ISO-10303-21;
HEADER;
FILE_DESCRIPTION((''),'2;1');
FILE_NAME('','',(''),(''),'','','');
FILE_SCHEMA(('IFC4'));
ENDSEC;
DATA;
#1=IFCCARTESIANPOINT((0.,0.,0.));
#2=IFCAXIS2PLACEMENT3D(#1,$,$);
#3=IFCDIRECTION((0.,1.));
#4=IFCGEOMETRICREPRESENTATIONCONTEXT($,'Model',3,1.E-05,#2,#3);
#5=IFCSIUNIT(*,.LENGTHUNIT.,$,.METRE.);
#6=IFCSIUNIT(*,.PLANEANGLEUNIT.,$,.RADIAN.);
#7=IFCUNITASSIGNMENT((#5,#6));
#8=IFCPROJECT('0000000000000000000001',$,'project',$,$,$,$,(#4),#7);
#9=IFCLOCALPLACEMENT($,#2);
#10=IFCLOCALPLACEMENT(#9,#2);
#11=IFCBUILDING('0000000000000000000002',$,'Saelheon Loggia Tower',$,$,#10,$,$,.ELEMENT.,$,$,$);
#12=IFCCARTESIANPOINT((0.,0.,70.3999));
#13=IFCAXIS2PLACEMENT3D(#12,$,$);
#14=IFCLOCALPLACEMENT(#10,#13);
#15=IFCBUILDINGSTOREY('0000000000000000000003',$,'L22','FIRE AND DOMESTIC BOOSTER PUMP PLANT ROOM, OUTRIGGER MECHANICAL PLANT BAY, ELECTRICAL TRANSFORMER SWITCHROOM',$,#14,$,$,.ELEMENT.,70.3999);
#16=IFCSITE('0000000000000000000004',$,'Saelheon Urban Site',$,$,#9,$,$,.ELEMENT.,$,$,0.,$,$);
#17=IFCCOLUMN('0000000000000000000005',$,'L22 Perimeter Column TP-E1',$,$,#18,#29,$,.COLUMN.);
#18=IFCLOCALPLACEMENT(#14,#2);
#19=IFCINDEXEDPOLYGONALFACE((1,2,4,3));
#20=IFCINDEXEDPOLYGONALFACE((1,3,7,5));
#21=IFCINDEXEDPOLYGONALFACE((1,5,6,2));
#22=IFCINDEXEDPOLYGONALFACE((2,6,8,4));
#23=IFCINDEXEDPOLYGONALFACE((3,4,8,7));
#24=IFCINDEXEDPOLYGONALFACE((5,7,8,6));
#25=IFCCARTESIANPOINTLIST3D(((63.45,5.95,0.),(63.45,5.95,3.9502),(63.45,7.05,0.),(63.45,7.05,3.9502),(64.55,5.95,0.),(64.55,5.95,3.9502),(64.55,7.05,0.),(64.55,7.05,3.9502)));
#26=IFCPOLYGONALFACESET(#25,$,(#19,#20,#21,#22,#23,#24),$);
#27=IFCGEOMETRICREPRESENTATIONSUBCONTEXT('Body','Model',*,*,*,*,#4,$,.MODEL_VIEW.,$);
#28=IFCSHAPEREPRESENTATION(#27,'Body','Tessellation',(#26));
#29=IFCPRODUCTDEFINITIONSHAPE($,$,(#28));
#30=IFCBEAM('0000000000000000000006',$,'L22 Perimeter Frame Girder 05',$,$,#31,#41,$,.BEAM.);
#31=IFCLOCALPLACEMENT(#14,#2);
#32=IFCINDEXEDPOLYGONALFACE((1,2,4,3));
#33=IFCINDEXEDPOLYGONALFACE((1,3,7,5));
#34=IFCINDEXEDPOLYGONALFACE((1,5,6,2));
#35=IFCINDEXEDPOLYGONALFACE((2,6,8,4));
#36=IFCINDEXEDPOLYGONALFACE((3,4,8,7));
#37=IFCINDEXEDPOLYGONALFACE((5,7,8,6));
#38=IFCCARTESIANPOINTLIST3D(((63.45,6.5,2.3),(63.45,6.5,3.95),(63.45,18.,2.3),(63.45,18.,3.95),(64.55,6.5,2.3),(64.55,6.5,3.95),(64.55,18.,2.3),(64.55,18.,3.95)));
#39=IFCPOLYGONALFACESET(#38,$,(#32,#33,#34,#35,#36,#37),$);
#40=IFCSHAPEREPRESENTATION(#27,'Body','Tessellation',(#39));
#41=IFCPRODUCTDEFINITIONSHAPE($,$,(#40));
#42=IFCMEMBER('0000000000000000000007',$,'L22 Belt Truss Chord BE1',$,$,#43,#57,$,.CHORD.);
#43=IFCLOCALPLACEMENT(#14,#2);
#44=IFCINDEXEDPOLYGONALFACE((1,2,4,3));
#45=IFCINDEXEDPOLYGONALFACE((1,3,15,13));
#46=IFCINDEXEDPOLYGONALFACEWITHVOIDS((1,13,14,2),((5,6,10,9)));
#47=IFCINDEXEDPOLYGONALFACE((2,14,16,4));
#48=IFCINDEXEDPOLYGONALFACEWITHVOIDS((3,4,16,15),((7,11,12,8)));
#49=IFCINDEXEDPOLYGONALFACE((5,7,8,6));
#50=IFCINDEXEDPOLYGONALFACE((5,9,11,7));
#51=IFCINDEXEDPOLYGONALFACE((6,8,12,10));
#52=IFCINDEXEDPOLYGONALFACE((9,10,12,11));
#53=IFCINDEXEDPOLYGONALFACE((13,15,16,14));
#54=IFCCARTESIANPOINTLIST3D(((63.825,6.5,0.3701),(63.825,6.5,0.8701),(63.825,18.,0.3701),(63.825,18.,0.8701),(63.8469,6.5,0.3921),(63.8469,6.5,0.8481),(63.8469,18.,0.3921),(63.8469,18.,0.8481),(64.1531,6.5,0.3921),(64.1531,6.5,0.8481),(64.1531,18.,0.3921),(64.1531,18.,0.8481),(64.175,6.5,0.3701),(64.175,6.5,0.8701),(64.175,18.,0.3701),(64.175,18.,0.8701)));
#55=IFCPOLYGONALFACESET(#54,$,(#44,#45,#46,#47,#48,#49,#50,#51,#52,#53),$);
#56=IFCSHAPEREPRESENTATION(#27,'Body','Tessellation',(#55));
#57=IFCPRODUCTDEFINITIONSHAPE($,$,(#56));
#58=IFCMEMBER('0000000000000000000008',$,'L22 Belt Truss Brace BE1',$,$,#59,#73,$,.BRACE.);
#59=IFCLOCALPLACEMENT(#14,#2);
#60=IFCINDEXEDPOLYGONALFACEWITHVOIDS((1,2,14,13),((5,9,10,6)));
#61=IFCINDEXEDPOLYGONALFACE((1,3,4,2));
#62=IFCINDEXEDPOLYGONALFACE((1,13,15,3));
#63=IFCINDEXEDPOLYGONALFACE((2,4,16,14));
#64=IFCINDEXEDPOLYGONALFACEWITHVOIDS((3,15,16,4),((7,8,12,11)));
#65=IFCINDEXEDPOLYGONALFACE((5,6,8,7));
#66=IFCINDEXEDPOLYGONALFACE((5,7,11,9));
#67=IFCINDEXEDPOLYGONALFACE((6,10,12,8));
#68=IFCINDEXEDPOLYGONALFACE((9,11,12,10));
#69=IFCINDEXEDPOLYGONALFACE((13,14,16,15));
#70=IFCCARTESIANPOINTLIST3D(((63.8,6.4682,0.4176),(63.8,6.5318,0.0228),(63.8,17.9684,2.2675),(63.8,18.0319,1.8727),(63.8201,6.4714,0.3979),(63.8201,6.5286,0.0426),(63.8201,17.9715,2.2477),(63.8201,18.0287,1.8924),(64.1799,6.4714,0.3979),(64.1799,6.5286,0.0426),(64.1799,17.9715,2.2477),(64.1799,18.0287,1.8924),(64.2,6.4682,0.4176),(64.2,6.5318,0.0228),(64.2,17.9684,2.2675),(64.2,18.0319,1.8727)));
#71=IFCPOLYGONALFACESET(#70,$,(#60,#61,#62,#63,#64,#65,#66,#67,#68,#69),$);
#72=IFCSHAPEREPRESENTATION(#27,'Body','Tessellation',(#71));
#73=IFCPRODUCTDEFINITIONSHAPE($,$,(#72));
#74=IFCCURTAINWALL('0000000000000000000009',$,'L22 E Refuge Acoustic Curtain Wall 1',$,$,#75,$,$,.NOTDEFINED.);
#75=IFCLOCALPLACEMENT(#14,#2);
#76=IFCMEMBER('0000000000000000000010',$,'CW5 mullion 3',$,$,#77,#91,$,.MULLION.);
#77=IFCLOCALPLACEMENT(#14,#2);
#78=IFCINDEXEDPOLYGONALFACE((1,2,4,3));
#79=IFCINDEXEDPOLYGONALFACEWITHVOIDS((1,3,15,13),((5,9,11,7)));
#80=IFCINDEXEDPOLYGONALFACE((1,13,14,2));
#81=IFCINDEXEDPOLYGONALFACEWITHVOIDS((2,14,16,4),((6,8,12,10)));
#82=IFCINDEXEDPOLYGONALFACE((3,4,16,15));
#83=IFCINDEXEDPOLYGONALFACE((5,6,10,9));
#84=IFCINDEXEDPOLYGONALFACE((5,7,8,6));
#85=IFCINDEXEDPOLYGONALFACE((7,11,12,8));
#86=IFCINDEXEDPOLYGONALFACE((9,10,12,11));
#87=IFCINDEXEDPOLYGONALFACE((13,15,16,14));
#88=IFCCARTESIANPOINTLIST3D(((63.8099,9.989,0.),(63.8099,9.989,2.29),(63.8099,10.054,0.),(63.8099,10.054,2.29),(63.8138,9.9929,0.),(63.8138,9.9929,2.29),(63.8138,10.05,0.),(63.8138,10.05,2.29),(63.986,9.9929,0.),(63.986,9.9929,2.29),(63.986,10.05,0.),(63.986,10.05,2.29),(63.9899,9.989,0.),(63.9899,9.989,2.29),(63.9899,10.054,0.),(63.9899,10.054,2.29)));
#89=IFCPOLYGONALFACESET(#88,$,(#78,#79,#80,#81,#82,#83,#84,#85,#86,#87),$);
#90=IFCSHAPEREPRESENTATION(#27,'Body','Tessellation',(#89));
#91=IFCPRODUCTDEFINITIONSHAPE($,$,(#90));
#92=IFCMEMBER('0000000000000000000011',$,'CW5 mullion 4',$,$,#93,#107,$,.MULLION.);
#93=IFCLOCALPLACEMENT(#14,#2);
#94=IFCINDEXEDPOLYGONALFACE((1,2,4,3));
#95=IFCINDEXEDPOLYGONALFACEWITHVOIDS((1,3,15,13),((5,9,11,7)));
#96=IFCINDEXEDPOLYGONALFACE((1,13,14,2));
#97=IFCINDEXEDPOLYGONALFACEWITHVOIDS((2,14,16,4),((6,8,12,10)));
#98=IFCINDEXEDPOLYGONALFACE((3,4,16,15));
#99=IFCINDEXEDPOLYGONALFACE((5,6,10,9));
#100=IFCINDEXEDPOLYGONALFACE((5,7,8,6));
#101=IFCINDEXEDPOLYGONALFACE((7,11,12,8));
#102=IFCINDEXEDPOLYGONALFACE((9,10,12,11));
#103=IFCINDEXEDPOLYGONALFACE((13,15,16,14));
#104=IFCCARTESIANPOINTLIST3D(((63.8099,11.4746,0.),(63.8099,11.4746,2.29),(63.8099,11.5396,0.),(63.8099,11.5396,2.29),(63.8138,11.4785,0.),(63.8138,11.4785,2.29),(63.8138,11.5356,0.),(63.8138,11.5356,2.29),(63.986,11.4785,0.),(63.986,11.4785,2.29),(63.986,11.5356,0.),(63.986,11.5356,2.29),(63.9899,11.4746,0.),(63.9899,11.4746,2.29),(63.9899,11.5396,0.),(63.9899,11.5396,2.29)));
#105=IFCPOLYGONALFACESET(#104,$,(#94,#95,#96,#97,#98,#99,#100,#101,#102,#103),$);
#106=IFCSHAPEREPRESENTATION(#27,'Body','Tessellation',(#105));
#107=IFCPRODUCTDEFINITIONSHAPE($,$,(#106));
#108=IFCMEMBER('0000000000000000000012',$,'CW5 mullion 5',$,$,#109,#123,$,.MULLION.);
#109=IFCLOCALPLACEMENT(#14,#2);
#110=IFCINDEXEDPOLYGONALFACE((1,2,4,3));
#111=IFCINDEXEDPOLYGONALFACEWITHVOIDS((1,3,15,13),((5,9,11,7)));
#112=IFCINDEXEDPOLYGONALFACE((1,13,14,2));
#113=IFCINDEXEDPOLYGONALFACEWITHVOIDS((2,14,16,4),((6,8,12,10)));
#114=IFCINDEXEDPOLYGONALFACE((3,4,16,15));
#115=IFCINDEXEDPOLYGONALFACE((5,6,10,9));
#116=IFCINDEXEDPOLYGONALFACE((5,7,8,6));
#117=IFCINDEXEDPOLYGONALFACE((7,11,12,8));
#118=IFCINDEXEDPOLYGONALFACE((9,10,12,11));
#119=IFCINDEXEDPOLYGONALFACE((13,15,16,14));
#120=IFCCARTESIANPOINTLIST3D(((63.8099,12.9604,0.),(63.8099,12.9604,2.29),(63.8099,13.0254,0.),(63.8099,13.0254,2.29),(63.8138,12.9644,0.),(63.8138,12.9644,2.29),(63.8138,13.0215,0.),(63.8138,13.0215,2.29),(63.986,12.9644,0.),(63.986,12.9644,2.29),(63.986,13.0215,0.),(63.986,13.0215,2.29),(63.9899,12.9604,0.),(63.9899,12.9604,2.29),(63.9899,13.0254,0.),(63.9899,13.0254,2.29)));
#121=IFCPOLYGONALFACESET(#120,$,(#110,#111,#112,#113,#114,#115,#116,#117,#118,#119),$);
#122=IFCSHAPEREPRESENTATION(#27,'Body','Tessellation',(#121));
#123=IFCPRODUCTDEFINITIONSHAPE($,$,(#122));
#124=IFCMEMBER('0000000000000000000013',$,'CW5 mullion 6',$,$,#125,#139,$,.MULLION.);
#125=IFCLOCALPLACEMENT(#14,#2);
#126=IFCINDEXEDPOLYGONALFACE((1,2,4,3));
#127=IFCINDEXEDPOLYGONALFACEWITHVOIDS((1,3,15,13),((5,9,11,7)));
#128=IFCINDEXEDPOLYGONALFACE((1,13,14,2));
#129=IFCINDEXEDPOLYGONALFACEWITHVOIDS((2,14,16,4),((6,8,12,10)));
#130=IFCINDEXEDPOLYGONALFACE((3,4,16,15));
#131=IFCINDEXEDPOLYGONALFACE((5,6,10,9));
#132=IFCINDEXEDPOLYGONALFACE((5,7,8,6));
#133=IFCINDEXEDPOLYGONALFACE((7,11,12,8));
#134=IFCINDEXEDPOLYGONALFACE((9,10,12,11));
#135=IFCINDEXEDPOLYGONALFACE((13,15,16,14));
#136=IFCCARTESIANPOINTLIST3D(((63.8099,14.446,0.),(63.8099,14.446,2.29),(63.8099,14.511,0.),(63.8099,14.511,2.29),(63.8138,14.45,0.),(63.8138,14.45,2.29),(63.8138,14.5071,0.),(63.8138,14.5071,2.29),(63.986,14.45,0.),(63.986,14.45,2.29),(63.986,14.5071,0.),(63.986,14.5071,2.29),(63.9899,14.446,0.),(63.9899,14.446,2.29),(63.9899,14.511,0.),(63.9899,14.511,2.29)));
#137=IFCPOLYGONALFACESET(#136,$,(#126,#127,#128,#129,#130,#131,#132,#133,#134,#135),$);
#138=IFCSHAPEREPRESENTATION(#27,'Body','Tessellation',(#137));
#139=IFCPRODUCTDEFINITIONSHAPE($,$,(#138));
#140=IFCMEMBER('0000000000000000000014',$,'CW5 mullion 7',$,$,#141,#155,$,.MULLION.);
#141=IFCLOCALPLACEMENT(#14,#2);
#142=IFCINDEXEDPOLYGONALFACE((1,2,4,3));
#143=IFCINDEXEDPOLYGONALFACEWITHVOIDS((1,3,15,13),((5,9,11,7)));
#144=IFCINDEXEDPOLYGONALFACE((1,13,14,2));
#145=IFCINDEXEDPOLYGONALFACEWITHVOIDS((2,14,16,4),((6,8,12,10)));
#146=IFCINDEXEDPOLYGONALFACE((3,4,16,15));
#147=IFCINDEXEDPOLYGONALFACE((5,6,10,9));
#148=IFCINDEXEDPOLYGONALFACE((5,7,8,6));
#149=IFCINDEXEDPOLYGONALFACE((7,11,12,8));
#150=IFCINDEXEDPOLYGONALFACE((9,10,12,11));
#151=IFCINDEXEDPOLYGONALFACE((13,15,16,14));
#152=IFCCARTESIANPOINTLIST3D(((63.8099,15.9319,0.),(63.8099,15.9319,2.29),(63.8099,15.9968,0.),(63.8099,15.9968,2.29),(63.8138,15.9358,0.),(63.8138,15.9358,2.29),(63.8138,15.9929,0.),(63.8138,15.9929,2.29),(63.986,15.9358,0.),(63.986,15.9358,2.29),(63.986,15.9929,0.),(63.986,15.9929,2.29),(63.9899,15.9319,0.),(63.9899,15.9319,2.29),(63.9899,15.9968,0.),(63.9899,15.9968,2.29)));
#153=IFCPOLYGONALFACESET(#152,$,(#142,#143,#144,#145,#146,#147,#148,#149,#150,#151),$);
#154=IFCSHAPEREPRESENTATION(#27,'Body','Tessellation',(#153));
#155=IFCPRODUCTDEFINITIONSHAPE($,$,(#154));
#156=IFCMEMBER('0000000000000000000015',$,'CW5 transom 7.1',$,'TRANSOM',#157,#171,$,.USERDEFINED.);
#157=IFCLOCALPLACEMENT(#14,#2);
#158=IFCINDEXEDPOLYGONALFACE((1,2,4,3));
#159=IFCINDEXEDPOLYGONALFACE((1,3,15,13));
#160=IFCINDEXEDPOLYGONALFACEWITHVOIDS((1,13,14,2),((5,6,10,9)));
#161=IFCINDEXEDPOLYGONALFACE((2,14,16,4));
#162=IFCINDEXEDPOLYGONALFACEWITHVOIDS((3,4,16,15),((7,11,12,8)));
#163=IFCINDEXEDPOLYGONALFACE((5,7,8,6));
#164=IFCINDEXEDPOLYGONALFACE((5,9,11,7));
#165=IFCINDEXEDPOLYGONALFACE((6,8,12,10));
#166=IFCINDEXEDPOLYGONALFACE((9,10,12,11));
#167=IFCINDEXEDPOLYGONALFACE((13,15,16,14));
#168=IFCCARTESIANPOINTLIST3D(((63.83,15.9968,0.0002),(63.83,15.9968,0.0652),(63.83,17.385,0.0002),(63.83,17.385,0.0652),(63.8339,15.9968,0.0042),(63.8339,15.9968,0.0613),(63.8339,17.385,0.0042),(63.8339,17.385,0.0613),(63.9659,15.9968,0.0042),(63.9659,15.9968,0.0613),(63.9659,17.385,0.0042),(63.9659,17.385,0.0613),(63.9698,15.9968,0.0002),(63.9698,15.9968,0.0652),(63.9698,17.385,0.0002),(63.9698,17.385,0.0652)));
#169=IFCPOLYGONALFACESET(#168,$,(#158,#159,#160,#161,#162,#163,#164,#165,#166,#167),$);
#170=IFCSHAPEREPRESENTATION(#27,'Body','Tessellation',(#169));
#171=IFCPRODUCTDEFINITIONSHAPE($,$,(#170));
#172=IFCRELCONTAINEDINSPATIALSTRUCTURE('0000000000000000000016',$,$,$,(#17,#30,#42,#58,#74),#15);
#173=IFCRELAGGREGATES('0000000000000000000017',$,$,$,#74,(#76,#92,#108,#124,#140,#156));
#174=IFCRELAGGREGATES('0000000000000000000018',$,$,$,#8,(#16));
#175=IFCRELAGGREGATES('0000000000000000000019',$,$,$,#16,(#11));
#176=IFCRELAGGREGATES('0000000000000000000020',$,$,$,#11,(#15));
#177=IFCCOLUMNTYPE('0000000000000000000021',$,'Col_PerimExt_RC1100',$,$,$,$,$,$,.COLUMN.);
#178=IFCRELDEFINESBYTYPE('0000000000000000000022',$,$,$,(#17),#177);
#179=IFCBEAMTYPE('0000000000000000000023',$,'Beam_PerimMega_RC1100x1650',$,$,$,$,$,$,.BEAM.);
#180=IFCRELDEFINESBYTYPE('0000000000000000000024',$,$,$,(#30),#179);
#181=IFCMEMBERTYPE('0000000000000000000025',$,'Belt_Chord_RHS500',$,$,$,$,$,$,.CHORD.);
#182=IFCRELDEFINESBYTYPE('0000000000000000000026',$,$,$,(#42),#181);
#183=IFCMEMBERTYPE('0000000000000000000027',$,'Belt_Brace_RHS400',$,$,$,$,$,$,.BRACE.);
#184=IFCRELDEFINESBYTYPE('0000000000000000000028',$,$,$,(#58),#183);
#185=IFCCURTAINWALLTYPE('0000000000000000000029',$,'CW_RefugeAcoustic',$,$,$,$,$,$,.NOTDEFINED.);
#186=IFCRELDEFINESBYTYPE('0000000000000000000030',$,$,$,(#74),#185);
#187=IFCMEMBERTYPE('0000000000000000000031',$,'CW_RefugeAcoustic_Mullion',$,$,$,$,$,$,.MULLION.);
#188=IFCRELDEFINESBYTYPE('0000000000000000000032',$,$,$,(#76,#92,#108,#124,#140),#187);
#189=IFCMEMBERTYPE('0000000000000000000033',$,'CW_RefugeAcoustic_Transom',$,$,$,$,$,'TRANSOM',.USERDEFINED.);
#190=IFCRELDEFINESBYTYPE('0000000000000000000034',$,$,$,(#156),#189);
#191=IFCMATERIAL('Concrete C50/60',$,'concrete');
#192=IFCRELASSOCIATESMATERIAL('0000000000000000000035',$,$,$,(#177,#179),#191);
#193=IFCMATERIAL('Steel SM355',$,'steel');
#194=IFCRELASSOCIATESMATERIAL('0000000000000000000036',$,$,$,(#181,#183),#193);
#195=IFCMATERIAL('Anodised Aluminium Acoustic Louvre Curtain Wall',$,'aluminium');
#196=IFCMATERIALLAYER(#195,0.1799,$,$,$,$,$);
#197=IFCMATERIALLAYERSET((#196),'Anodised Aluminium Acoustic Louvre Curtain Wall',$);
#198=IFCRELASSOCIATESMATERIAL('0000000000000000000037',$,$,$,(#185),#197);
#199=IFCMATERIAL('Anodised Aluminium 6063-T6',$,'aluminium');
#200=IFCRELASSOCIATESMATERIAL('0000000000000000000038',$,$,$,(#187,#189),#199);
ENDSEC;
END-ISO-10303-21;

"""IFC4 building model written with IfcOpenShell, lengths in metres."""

from ifc_helpers import new_model, si_unit, direction, frame, origin, origin_2d, place, context, subcontext, project, spatial, rectangle, hollow_rectangle, extrude, source, transform, mapped, material, layer, layer_set, material_profile, profile_set, type_object, element, aggregate, save


model = new_model("IFC4")

# Units and contexts
model_context = context("Model", 3, precision=1e-05, world=origin(), true_north=direction((0.0, 1.0)))
body_context = subcontext(model_context, "Body", "Model", "MODEL_VIEW")
ifc_project = project(units=[si_unit("LENGTHUNIT", "METRE"), si_unit("PLANEANGLEUNIT", "RADIAN")], contexts=[model_context])

# Site, building, storey
site_placement = place(None, origin())
site = spatial("IfcSite", under=ifc_project, at=site_placement, Name="Saelheon Urban Site", CompositionType="ELEMENT", RefElevation=0.0)
building_placement = place(site_placement, origin())
building = spatial("IfcBuilding", under=site, at=building_placement, Name="Saelheon Loggia Tower", CompositionType="ELEMENT")
storey_placement = place(building_placement, frame((0.0, 0.0, 70.3999)))
storey = spatial("IfcBuildingStorey", under=building, at=storey_placement, Name="L22", Description="FIRE AND DOMESTIC BOOSTER PUMP PLANT ROOM, OUTRIGGER MECHANICAL PLANT BAY, ELECTRICAL TRANSFORMER SWITCHROOM", CompositionType="ELEMENT", Elevation=70.3999)

# Column
ifc_material_1 = material(Name="Concrete C50/60", Category="concrete")
ifc_material_profile_1 = material_profile(ifc_material_1, rectangle(XDim=1.1001, YDim=1.1001, at=origin_2d()), Name="RC-1100x1100")
ifc_profile_set_1 = profile_set([ifc_material_profile_1], Name="Concrete C50/60")
column_type = type_object("IfcColumnType", Name="Col_PerimExt_RC1100", PredefinedType="COLUMN", material=ifc_profile_set_1)
shared_shape_1 = source(origin(), body_context, "Body", "SweptSolid", [
    extrude(rectangle(XDim=1.1001, YDim=1.1001, at=origin_2d()), origin(), (0.0, 0.0, 1.0), 3.9502),
])
column_placement = place(storey_placement, frame((64.0, 6.5, 0.0), z_axis=(0.0, 0.0, 1.0), x_axis=(1.0, 0.0, 0.0)))
element("IfcColumn", 1, at=column_placement, inside=storey, type_object=column_type, Name="L22 Perimeter Column TP-E1", PredefinedType="COLUMN", context=body_context, shape_type="MappedRepresentation", body=[
    mapped(shared_shape_1, transform((0.0, 0.0, 0.0), scale=1.0)),
])

# Beam
ifc_material_profile_2 = material_profile(ifc_material_1, rectangle(XDim=1.1001, YDim=1.6499, at=origin_2d()), Name="RC-1100x1650")
ifc_profile_set_2 = profile_set([ifc_material_profile_2], Name="Concrete C50/60")
beam_type = type_object("IfcBeamType", Name="Beam_PerimMega_RC1100x1650", PredefinedType="BEAM", material=ifc_profile_set_2)
shared_shape_2 = source(origin(), body_context, "Body", "SweptSolid", [
    extrude(rectangle(XDim=1.1001, YDim=1.6499, at=origin_2d()), origin(), (0.0, 0.0, 1.0), 11.5),
])
beam_placement = place(storey_placement, frame((64.0, 6.5, 3.125), z_axis=(0.0, 1.0, 0.0), x_axis=(-1.0, 0.0, 0.0)))
element("IfcBeam", 2, at=beam_placement, inside=storey, type_object=beam_type, Name="L22 Perimeter Frame Girder 05", PredefinedType="BEAM", context=body_context, shape_type="MappedRepresentation", body=[
    mapped(shared_shape_2, transform((0.0, 0.0, 0.0), scale=1.0)),
])

# Members
ifc_material_2 = material(Name="Steel SM355", Category="steel")
ifc_material_profile_3 = material_profile(ifc_material_2, hollow_rectangle(XDim=0.3501, YDim=0.5, WallThickness=0.022, at=origin_2d()), Name="RHS-500x350x22")
ifc_profile_set_3 = profile_set([ifc_material_profile_3], Name="Steel SM355")
member_type_1 = type_object("IfcMemberType", Name="Belt_Chord_RHS500", PredefinedType="CHORD", material=ifc_profile_set_3)
shared_shape_3 = source(origin(), body_context, "Body", "SweptSolid", [
    extrude(hollow_rectangle(XDim=0.3501, YDim=0.5, WallThickness=0.022, at=origin_2d()), origin(), (0.0, 0.0, 1.0), 11.5),
])
member_1_placement = place(storey_placement, frame((64.0, 6.5, 0.6201), z_axis=(0.0, 1.0, 0.0), x_axis=(-1.0, 0.0, 0.0)))
element("IfcMember", 3, at=member_1_placement, inside=storey, type_object=member_type_1, Name="L22 Belt Truss Chord BE1", PredefinedType="CHORD", context=body_context, shape_type="MappedRepresentation", body=[
    mapped(shared_shape_3, transform((0.0, 0.0, 0.0), scale=1.0)),
])
ifc_material_profile_4 = material_profile(ifc_material_2, hollow_rectangle(XDim=0.3999, YDim=0.3999, WallThickness=0.02, at=origin_2d()), Name="RHS-400x400x20")
ifc_profile_set_4 = profile_set([ifc_material_profile_4], Name="Steel SM355")
member_type_2 = type_object("IfcMemberType", Name="Belt_Brace_RHS400", PredefinedType="BRACE", material=ifc_profile_set_4)
shared_shape_4 = source(origin(), body_context, "Body", "SweptSolid", [
    extrude(hollow_rectangle(XDim=0.3999, YDim=0.3999, WallThickness=0.02, at=origin_2d()), origin(), (0.0, 0.0, 1.0), 11.6479),
])
member_2_placement = place(storey_placement, frame((64.0, 6.5, 0.2202), z_axis=(0.0, 0.987308, 0.158815), x_axis=(-1.0, 0.0, 0.0)))
element("IfcMember", 4, at=member_2_placement, inside=storey, type_object=member_type_2, Name="L22 Belt Truss Brace BE1", PredefinedType="BRACE", context=body_context, shape_type="MappedRepresentation", body=[
    mapped(shared_shape_4, transform((0.0, 0.0, 0.0), scale=1.0)),
])

# Curtain wall, members
ifc_material_3 = material(Name="Anodised Aluminium Acoustic Louvre Curtain Wall", Category="aluminium")
ifc_layer_1 = layer(ifc_material_3, 0.1799)
ifc_layer_set_1 = layer_set([ifc_layer_1], Name="Anodised Aluminium Acoustic Louvre Curtain Wall")
curtain_wall_type = type_object("IfcCurtainWallType", Name="CW_RefugeAcoustic", PredefinedType="NOTDEFINED", material=ifc_layer_set_1)
curtain_wall_placement = place(storey_placement, origin())
curtain_wall = element("IfcCurtainWall", 5, at=curtain_wall_placement, inside=storey, type_object=curtain_wall_type, Name="L22 E Refuge Acoustic Curtain Wall 1", PredefinedType="NOTDEFINED")
ifc_material_4 = material(Name="Anodised Aluminium 6063-T6", Category="aluminium")
ifc_material_profile_5 = material_profile(ifc_material_4, hollow_rectangle(XDim=0.0649, YDim=0.1799, WallThickness=0.0039, at=origin_2d()), Name="RHS-180x65x4")
ifc_profile_set_5 = profile_set([ifc_material_profile_5], Name="Anodised Aluminium 6063-T6")
member_type_3 = type_object("IfcMemberType", Name="CW_RefugeAcoustic_Mullion", PredefinedType="MULLION", material=ifc_profile_set_5)
shared_shape_5 = source(origin(), body_context, "Body", "SweptSolid", [
    extrude(hollow_rectangle(XDim=0.0649, YDim=0.1799, WallThickness=0.0039, at=origin_2d()), origin(), (0.0, 0.0, 1.0), 2.29),
])
member_3_placement = place(storey_placement, frame((63.8999, 10.0215, 0.0), z_axis=(0.0, 0.0, 1.0), x_axis=(0.0, 1.0, 0.0)))
member_3 = element("IfcMember", 6, at=member_3_placement, type_object=member_type_3, Name="CW5 mullion 3", PredefinedType="MULLION", context=body_context, shape_type="MappedRepresentation", body=[
    mapped(shared_shape_5, transform((0.0, 0.0, 0.0), scale=1.0)),
])
member_4_placement = place(storey_placement, frame((63.8999, 11.5071, 0.0), z_axis=(0.0, 0.0, 1.0), x_axis=(0.0, 1.0, 0.0)))
member_4 = element("IfcMember", 7, at=member_4_placement, type_object=member_type_3, Name="CW5 mullion 4", PredefinedType="MULLION", context=body_context, shape_type="MappedRepresentation", body=[
    mapped(shared_shape_5, transform((0.0, 0.0, 0.0), scale=1.0)),
])
member_5_placement = place(storey_placement, frame((63.8999, 12.9929, 0.0), z_axis=(0.0, 0.0, 1.0), x_axis=(0.0, 1.0, 0.0)))
member_5 = element("IfcMember", 8, at=member_5_placement, type_object=member_type_3, Name="CW5 mullion 5", PredefinedType="MULLION", context=body_context, shape_type="MappedRepresentation", body=[
    mapped(shared_shape_5, transform((0.0, 0.0, 0.0), scale=1.0)),
])
member_6_placement = place(storey_placement, frame((63.8999, 14.4785, 0.0), z_axis=(0.0, 0.0, 1.0), x_axis=(0.0, 1.0, 0.0)))
member_6 = element("IfcMember", 9, at=member_6_placement, type_object=member_type_3, Name="CW5 mullion 6", PredefinedType="MULLION", context=body_context, shape_type="MappedRepresentation", body=[
    mapped(shared_shape_5, transform((0.0, 0.0, 0.0), scale=1.0)),
])
member_7_placement = place(storey_placement, frame((63.8999, 15.9644, 0.0), z_axis=(0.0, 0.0, 1.0), x_axis=(0.0, 1.0, 0.0)))
member_7 = element("IfcMember", 10, at=member_7_placement, type_object=member_type_3, Name="CW5 mullion 7", PredefinedType="MULLION", context=body_context, shape_type="MappedRepresentation", body=[
    mapped(shared_shape_5, transform((0.0, 0.0, 0.0), scale=1.0)),
])
ifc_material_profile_6 = material_profile(ifc_material_4, hollow_rectangle(XDim=0.0649, YDim=0.1399, WallThickness=0.0039, at=origin_2d()), Name="RHS-140x65x4")
ifc_profile_set_6 = profile_set([ifc_material_profile_6], Name="Anodised Aluminium 6063-T6")
member_type_4 = type_object("IfcMemberType", Name="CW_RefugeAcoustic_Transom", ElementType="TRANSOM", PredefinedType="USERDEFINED", material=ifc_profile_set_6)
shared_shape_6 = source(origin(), body_context, "Body", "SweptSolid", [
    extrude(hollow_rectangle(XDim=0.0649, YDim=0.1399, WallThickness=0.0039, at=origin_2d()), origin(), (0.0, 0.0, 1.0), 1.3882),
])
member_8_placement = place(storey_placement, frame((63.8999, 15.9968, 0.0327), z_axis=(0.0, 1.0, 0.0), x_axis=(0.0, 0.0, 1.0)))
member_8 = element("IfcMember", 11, at=member_8_placement, type_object=member_type_4, Name="CW5 transom 7.1", ObjectType="TRANSOM", PredefinedType="USERDEFINED", context=body_context, shape_type="MappedRepresentation", body=[
    mapped(shared_shape_6, transform((0.0, 0.0, 0.0), scale=1.0)),
])

aggregate(curtain_wall, [member_3, member_4, member_5, member_6, member_7, member_8])

save(model, "model.ifc")
